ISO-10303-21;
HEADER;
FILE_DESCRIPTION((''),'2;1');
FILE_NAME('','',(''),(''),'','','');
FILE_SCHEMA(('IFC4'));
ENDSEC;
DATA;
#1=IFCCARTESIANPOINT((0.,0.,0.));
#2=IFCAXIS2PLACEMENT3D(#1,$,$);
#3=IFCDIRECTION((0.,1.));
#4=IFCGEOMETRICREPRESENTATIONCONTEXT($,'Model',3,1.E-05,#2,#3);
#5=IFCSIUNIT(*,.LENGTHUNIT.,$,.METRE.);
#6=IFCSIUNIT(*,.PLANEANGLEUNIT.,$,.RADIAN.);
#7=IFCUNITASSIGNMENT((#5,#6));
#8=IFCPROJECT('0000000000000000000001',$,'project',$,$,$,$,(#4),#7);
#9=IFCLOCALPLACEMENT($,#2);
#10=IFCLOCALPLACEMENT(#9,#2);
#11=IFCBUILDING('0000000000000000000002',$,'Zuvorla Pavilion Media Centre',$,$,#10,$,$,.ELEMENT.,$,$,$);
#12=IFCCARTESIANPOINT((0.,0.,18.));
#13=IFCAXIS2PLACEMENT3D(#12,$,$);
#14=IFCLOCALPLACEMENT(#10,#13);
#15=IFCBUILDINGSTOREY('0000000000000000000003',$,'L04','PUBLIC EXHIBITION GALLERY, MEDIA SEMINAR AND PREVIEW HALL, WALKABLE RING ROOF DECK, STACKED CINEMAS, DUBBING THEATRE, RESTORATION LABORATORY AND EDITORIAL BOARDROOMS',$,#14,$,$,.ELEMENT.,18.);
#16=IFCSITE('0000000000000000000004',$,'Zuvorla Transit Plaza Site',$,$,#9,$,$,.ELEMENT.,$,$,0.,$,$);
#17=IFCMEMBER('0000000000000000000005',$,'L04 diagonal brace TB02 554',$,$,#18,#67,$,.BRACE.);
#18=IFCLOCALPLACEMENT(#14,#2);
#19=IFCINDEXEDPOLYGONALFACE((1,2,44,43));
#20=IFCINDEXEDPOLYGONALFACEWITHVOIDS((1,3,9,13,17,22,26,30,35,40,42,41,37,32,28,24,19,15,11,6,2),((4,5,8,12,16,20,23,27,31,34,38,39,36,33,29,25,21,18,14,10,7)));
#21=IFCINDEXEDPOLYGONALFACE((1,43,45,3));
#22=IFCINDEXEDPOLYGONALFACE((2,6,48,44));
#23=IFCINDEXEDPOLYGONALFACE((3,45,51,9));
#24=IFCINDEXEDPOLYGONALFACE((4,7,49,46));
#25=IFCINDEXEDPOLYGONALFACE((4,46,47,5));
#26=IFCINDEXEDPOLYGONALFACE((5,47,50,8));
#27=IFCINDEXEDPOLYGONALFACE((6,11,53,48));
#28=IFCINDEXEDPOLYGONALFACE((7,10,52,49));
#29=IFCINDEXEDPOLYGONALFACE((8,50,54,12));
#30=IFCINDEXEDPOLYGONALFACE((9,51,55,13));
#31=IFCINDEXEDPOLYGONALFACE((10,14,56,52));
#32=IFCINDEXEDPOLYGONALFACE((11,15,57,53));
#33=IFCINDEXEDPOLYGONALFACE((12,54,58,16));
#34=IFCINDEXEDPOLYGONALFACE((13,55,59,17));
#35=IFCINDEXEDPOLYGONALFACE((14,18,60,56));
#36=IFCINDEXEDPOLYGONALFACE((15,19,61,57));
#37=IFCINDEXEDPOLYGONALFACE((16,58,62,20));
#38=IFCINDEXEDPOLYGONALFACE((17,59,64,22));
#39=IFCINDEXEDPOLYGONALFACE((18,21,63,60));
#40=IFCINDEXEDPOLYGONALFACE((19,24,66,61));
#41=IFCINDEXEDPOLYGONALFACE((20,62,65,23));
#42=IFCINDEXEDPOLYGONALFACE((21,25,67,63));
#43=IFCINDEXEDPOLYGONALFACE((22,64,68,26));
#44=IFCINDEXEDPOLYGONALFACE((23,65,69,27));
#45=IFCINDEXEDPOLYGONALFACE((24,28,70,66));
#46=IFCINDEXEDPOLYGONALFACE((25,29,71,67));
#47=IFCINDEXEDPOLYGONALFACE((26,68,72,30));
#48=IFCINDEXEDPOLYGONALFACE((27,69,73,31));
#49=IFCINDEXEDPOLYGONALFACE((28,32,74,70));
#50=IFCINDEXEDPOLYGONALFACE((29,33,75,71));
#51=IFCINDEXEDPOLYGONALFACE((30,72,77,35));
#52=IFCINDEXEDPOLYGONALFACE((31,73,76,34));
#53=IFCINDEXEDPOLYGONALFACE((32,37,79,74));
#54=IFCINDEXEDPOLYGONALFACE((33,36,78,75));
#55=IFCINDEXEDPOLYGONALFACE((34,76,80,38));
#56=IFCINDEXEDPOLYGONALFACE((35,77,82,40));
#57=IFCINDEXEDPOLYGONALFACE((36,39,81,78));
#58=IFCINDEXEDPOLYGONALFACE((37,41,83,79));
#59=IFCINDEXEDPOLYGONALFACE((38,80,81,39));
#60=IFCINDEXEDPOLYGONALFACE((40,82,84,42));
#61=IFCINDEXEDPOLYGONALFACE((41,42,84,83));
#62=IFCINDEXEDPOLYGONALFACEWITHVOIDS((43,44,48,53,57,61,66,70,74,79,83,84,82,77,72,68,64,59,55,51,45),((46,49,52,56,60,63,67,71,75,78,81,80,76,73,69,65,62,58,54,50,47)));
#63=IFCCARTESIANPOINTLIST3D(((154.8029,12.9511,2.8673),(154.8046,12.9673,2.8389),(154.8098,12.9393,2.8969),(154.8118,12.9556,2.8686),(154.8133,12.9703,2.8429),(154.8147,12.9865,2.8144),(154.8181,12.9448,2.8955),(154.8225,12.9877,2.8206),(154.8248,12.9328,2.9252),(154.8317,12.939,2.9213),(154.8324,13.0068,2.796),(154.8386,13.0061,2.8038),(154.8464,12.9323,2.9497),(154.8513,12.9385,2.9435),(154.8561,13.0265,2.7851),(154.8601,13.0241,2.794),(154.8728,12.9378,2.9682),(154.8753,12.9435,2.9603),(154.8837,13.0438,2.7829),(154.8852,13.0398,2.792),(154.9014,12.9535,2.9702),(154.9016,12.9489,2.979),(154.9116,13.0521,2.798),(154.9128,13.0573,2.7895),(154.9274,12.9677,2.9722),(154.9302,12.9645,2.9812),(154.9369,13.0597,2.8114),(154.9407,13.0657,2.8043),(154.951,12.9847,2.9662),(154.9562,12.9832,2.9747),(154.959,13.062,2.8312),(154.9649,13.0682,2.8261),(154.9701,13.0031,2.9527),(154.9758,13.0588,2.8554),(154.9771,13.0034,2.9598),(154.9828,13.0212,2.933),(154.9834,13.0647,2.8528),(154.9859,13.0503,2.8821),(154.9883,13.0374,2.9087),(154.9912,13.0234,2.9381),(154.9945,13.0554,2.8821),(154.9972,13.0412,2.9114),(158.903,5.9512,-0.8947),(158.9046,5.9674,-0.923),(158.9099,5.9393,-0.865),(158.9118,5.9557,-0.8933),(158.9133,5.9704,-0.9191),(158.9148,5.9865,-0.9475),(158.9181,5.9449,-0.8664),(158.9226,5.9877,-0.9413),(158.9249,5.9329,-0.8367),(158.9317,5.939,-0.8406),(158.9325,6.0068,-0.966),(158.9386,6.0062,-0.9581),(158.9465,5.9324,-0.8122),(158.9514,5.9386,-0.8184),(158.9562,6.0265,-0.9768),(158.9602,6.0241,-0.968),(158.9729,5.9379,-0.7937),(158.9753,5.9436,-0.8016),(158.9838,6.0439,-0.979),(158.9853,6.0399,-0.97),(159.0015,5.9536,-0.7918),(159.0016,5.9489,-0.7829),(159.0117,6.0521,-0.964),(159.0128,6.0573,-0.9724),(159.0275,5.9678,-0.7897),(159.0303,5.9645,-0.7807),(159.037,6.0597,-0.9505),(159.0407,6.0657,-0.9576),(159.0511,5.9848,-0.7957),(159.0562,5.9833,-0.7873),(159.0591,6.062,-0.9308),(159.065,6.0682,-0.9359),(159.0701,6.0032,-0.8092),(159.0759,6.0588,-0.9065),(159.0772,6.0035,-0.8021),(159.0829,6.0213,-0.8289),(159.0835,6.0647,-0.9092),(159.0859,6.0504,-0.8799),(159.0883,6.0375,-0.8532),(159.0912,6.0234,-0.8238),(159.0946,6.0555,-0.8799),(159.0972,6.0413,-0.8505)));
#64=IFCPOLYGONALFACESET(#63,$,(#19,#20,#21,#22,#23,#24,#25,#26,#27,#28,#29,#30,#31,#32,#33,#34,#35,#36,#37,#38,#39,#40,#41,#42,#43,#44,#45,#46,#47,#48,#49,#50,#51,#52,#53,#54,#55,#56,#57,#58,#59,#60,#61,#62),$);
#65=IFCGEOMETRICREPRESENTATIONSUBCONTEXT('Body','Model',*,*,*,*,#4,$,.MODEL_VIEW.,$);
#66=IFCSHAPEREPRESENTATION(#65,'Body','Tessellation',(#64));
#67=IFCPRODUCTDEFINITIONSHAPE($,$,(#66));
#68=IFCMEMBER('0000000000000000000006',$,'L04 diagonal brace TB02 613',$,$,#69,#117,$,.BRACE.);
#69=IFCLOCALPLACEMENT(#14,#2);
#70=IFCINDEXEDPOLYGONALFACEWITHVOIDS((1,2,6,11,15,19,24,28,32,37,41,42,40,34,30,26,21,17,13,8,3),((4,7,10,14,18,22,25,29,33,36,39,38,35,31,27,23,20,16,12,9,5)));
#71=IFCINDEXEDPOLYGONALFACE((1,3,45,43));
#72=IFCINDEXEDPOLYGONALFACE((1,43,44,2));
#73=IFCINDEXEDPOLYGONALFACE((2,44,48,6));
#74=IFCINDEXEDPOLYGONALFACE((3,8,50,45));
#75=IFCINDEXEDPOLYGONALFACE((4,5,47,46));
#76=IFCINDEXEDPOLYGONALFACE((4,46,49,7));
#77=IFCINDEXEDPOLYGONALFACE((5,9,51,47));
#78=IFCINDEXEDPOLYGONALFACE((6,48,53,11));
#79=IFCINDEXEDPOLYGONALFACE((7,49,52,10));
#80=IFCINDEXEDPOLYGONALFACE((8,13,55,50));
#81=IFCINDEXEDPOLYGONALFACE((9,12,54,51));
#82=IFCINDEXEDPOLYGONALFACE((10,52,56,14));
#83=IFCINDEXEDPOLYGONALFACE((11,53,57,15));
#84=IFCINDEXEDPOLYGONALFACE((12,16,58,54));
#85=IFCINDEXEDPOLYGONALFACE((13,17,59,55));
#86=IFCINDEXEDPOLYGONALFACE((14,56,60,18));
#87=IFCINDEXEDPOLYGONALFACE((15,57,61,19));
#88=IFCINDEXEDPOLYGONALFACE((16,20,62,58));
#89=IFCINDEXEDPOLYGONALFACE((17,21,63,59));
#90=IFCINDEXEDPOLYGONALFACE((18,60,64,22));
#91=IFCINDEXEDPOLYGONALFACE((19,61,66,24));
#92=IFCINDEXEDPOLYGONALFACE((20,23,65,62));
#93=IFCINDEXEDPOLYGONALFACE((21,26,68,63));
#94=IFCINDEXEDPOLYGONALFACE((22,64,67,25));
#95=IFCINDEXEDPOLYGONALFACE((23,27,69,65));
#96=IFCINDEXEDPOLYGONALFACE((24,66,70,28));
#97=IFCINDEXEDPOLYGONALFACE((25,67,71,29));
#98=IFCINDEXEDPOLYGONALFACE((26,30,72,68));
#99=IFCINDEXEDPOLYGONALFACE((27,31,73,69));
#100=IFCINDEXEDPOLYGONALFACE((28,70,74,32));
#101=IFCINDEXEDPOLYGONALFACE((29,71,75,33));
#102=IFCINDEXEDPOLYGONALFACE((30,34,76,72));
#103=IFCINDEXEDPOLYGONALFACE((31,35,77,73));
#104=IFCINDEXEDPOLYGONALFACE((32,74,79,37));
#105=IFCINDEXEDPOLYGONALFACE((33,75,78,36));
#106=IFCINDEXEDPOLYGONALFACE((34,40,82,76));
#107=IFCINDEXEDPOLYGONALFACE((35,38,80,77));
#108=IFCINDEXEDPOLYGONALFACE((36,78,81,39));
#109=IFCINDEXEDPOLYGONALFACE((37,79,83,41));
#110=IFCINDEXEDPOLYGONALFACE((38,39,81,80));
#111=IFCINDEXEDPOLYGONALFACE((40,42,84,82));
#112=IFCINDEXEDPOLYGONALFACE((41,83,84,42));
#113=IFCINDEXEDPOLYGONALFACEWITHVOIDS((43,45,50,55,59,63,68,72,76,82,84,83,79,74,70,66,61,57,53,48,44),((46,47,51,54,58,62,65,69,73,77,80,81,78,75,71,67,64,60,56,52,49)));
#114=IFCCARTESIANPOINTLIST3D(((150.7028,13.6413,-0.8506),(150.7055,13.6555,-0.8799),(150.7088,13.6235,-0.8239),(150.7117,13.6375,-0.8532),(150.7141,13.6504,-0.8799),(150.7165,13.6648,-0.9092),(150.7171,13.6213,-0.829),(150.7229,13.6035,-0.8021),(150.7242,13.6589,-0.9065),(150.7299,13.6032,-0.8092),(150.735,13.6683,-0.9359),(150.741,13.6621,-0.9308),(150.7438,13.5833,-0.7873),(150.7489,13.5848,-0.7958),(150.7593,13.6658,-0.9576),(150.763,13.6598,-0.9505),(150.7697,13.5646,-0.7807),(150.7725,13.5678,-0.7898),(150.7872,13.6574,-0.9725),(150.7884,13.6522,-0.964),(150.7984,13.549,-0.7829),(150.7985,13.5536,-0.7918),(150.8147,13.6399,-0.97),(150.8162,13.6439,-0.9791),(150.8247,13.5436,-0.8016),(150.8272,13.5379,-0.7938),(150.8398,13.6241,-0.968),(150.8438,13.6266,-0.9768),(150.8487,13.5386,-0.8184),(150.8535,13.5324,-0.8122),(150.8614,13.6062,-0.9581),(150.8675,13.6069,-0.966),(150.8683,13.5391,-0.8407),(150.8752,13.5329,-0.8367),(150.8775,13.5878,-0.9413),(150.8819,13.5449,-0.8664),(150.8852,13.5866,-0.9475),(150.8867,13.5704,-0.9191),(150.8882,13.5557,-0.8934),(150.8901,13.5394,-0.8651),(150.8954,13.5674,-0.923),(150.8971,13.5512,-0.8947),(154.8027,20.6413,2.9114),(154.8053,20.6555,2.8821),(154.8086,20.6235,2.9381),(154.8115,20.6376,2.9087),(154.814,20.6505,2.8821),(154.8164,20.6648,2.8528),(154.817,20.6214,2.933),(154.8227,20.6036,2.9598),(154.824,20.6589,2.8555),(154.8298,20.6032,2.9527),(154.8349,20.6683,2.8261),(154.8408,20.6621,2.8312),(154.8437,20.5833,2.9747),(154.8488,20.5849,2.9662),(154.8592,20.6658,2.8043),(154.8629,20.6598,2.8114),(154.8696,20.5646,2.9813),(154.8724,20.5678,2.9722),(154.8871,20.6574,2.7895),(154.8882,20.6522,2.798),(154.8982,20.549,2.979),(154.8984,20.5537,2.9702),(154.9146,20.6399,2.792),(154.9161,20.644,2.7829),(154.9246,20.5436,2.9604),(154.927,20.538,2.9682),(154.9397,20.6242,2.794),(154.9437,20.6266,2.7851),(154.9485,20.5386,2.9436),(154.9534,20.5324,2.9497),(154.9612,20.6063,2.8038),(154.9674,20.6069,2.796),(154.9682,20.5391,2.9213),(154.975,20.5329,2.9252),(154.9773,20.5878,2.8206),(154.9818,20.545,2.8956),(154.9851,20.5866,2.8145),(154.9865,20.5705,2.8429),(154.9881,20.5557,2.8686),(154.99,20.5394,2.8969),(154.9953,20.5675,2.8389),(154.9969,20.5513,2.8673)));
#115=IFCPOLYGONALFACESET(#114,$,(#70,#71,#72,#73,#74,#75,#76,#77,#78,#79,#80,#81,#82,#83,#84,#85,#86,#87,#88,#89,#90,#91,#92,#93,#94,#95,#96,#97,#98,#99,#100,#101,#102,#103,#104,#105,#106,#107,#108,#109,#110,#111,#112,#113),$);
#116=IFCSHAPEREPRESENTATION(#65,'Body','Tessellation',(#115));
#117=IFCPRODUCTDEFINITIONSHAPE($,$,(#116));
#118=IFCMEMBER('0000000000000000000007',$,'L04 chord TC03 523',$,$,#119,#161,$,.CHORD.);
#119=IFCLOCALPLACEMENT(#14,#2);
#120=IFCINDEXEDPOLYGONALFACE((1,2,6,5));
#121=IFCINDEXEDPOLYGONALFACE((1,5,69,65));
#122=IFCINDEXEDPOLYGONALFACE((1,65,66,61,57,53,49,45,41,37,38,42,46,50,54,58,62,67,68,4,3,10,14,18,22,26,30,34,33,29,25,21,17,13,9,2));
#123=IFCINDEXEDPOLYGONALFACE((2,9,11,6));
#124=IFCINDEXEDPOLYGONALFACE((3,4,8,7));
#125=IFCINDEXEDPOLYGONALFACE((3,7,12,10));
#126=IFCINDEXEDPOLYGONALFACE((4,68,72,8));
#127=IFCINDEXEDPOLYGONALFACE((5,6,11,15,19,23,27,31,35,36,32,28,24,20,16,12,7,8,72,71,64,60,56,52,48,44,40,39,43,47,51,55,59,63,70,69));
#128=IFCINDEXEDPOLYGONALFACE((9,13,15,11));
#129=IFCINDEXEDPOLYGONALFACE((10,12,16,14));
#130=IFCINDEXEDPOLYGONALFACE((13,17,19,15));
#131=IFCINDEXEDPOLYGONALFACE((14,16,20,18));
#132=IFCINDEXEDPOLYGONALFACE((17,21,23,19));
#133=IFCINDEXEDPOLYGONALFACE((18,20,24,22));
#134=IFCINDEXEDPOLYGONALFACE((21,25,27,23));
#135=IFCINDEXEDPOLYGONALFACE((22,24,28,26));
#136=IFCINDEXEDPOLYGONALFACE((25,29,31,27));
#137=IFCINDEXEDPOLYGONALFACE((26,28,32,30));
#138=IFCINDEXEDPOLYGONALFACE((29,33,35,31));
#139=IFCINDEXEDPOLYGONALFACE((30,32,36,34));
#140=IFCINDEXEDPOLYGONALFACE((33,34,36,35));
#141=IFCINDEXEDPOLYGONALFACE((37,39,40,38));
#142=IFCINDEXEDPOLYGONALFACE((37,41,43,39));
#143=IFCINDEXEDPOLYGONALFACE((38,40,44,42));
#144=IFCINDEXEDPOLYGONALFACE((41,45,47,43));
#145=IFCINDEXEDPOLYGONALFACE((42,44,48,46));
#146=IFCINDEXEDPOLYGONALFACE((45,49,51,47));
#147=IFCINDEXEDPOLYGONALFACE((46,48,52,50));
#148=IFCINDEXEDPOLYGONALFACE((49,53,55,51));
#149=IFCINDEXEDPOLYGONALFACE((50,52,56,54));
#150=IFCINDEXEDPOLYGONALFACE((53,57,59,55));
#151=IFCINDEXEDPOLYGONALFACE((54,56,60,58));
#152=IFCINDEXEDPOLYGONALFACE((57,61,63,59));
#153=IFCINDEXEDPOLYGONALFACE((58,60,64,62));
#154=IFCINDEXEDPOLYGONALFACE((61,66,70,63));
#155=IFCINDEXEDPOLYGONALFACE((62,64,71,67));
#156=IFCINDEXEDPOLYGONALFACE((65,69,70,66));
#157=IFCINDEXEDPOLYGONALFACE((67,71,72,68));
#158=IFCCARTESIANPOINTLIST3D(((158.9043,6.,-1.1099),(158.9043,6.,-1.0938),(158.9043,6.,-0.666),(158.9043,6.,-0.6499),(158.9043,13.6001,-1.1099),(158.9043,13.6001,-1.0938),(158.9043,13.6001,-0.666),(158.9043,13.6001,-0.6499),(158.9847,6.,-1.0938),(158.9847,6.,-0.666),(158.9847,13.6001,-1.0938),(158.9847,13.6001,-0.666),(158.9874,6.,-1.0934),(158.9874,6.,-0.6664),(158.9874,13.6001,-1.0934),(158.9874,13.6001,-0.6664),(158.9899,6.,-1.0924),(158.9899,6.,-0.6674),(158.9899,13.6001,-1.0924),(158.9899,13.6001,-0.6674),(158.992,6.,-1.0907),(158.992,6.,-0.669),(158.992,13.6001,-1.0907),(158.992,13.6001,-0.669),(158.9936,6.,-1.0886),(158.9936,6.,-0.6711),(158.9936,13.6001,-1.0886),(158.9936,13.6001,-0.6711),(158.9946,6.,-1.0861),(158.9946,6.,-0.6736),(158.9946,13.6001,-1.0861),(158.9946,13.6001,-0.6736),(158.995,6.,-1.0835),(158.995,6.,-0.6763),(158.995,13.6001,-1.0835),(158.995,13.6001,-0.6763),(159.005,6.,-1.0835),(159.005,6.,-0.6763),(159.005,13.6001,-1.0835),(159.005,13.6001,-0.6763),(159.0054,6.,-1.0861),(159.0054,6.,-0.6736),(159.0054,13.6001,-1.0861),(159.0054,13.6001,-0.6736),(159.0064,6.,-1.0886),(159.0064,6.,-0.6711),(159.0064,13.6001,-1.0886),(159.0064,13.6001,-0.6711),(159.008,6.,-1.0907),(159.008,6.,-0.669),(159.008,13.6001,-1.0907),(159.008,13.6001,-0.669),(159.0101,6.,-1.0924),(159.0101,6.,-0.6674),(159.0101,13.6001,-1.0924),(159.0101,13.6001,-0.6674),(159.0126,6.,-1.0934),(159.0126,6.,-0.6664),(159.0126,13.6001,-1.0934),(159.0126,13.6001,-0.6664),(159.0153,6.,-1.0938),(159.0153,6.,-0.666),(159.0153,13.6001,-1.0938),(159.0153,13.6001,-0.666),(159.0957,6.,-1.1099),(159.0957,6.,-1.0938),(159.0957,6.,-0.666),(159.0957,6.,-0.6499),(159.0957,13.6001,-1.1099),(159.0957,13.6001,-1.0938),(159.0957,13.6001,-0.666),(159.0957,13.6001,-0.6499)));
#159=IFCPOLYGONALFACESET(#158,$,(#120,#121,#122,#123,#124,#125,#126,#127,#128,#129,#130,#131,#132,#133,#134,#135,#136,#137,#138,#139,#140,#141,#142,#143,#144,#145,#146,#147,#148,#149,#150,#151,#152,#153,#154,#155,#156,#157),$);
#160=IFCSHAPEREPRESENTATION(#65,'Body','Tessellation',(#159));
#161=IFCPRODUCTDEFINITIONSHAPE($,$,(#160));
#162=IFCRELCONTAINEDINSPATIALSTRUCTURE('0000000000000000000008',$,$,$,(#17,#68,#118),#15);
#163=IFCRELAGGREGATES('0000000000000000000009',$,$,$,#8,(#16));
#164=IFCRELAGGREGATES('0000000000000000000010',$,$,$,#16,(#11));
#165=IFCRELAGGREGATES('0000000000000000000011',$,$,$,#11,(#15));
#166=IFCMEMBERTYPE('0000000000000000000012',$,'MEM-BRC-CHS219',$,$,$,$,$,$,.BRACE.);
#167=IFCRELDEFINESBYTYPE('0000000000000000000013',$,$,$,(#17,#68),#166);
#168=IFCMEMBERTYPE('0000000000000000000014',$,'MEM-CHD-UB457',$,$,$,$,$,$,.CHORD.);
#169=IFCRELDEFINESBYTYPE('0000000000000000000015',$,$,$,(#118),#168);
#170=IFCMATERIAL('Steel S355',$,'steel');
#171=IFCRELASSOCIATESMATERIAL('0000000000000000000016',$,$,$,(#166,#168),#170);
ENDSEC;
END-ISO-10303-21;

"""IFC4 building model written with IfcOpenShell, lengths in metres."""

from ifc_helpers import new_model, si_unit, direction, frame, origin, origin_2d, place, context, subcontext, project, spatial, hollow_circle, i_section, extrude, material, material_profile, profile_set, type_object, element, save


model = new_model("IFC4")

# Units and contexts
model_context = context("Model", 3, precision=1e-05, world=origin(), true_north=direction((0.0, 1.0)))
body_context = subcontext(model_context, "Body", "Model", "MODEL_VIEW")
ifc_project = project(units=[si_unit("LENGTHUNIT", "METRE"), si_unit("PLANEANGLEUNIT", "RADIAN")], contexts=[model_context])

# Site, building, storey
site_placement = place(None, origin())
site = spatial("IfcSite", under=ifc_project, at=site_placement, Name="Zuvorla Transit Plaza Site", CompositionType="ELEMENT", RefElevation=0.0)
building_placement = place(site_placement, origin())
building = spatial("IfcBuilding", under=site, at=building_placement, Name="Zuvorla Pavilion Media Centre", CompositionType="ELEMENT")
storey_placement = place(building_placement, frame((0.0, 0.0, 18.0)))
storey = spatial("IfcBuildingStorey", under=building, at=storey_placement, Name="L04", Description="PUBLIC EXHIBITION GALLERY, MEDIA SEMINAR AND PREVIEW HALL, WALKABLE RING ROOF DECK, STACKED CINEMAS, DUBBING THEATRE, RESTORATION LABORATORY AND EDITORIAL BOARDROOMS", CompositionType="ELEMENT", Elevation=18.0)

# Shared definitions
ifc_material_1 = material(Name="Steel S355", Category="steel")

# Members
ifc_material_profile_1 = material_profile(ifc_material_1, hollow_circle(Radius=0.1096, WallThickness=0.01, at=origin_2d()), Name="CHS 219.1x10")
ifc_profile_set_1 = profile_set([ifc_material_profile_1], Name="Steel S355")
member_type_1 = type_object("IfcMemberType", Name="MEM-BRC-CHS219", PredefinedType="BRACE", material=ifc_profile_set_1)
for number, where, z_axis, x_axis, name in (
    (1, (154.8999, 13.0, 2.8821), (0.45851, -0.782804, -0.420697), (0.862878, 0.505412, 0.0), "L04 diagonal brace TB02 554"),
    (2, (150.8, 13.6001, -0.8799), (0.458489, 0.782814, 0.420702), (-0.862891, 0.50539, 0.0), "L04 diagonal brace TB02 613"),
):
    element("IfcMember", number, at=place(storey_placement, frame(where, z_axis=z_axis, x_axis=x_axis)), inside=storey, type_object=member_type_1, Name=name, PredefinedType="BRACE", context=body_context, shape_type="SweptSolid", body=[
        extrude(hollow_circle(Radius=0.1096, WallThickness=0.01, at=origin_2d()), origin(), (0.0, 0.0, 1.0), 8.9421),
    ])
ifc_material_profile_2 = material_profile(ifc_material_1, i_section(OverallWidth=0.1914, OverallDepth=0.46, WebThickness=0.01, FlangeThickness=0.0161, FilletRadius=0.0103, at=origin_2d()), Name="UB 457x191x82")
ifc_profile_set_2 = profile_set([ifc_material_profile_2], Name="Steel S355")
member_type_2 = type_object("IfcMemberType", Name="MEM-CHD-UB457", PredefinedType="CHORD", material=ifc_profile_set_2)
member_1_placement = place(storey_placement, frame((159.0, 6.0, -0.8799), z_axis=(0.0, 1.0, 0.0), x_axis=(-1.0, 0.0, 0.0)))
element("IfcMember", 3, at=member_1_placement, inside=storey, type_object=member_type_2, Name="L04 chord TC03 523", PredefinedType="CHORD", context=body_context, shape_type="SweptSolid", body=[
    extrude(i_section(OverallWidth=0.1914, OverallDepth=0.46, WebThickness=0.01, FlangeThickness=0.0161, FilletRadius=0.0103, at=origin_2d()), origin(), (0.0, 0.0, 1.0), 7.6001),
])

save(model, "model.ifc")
